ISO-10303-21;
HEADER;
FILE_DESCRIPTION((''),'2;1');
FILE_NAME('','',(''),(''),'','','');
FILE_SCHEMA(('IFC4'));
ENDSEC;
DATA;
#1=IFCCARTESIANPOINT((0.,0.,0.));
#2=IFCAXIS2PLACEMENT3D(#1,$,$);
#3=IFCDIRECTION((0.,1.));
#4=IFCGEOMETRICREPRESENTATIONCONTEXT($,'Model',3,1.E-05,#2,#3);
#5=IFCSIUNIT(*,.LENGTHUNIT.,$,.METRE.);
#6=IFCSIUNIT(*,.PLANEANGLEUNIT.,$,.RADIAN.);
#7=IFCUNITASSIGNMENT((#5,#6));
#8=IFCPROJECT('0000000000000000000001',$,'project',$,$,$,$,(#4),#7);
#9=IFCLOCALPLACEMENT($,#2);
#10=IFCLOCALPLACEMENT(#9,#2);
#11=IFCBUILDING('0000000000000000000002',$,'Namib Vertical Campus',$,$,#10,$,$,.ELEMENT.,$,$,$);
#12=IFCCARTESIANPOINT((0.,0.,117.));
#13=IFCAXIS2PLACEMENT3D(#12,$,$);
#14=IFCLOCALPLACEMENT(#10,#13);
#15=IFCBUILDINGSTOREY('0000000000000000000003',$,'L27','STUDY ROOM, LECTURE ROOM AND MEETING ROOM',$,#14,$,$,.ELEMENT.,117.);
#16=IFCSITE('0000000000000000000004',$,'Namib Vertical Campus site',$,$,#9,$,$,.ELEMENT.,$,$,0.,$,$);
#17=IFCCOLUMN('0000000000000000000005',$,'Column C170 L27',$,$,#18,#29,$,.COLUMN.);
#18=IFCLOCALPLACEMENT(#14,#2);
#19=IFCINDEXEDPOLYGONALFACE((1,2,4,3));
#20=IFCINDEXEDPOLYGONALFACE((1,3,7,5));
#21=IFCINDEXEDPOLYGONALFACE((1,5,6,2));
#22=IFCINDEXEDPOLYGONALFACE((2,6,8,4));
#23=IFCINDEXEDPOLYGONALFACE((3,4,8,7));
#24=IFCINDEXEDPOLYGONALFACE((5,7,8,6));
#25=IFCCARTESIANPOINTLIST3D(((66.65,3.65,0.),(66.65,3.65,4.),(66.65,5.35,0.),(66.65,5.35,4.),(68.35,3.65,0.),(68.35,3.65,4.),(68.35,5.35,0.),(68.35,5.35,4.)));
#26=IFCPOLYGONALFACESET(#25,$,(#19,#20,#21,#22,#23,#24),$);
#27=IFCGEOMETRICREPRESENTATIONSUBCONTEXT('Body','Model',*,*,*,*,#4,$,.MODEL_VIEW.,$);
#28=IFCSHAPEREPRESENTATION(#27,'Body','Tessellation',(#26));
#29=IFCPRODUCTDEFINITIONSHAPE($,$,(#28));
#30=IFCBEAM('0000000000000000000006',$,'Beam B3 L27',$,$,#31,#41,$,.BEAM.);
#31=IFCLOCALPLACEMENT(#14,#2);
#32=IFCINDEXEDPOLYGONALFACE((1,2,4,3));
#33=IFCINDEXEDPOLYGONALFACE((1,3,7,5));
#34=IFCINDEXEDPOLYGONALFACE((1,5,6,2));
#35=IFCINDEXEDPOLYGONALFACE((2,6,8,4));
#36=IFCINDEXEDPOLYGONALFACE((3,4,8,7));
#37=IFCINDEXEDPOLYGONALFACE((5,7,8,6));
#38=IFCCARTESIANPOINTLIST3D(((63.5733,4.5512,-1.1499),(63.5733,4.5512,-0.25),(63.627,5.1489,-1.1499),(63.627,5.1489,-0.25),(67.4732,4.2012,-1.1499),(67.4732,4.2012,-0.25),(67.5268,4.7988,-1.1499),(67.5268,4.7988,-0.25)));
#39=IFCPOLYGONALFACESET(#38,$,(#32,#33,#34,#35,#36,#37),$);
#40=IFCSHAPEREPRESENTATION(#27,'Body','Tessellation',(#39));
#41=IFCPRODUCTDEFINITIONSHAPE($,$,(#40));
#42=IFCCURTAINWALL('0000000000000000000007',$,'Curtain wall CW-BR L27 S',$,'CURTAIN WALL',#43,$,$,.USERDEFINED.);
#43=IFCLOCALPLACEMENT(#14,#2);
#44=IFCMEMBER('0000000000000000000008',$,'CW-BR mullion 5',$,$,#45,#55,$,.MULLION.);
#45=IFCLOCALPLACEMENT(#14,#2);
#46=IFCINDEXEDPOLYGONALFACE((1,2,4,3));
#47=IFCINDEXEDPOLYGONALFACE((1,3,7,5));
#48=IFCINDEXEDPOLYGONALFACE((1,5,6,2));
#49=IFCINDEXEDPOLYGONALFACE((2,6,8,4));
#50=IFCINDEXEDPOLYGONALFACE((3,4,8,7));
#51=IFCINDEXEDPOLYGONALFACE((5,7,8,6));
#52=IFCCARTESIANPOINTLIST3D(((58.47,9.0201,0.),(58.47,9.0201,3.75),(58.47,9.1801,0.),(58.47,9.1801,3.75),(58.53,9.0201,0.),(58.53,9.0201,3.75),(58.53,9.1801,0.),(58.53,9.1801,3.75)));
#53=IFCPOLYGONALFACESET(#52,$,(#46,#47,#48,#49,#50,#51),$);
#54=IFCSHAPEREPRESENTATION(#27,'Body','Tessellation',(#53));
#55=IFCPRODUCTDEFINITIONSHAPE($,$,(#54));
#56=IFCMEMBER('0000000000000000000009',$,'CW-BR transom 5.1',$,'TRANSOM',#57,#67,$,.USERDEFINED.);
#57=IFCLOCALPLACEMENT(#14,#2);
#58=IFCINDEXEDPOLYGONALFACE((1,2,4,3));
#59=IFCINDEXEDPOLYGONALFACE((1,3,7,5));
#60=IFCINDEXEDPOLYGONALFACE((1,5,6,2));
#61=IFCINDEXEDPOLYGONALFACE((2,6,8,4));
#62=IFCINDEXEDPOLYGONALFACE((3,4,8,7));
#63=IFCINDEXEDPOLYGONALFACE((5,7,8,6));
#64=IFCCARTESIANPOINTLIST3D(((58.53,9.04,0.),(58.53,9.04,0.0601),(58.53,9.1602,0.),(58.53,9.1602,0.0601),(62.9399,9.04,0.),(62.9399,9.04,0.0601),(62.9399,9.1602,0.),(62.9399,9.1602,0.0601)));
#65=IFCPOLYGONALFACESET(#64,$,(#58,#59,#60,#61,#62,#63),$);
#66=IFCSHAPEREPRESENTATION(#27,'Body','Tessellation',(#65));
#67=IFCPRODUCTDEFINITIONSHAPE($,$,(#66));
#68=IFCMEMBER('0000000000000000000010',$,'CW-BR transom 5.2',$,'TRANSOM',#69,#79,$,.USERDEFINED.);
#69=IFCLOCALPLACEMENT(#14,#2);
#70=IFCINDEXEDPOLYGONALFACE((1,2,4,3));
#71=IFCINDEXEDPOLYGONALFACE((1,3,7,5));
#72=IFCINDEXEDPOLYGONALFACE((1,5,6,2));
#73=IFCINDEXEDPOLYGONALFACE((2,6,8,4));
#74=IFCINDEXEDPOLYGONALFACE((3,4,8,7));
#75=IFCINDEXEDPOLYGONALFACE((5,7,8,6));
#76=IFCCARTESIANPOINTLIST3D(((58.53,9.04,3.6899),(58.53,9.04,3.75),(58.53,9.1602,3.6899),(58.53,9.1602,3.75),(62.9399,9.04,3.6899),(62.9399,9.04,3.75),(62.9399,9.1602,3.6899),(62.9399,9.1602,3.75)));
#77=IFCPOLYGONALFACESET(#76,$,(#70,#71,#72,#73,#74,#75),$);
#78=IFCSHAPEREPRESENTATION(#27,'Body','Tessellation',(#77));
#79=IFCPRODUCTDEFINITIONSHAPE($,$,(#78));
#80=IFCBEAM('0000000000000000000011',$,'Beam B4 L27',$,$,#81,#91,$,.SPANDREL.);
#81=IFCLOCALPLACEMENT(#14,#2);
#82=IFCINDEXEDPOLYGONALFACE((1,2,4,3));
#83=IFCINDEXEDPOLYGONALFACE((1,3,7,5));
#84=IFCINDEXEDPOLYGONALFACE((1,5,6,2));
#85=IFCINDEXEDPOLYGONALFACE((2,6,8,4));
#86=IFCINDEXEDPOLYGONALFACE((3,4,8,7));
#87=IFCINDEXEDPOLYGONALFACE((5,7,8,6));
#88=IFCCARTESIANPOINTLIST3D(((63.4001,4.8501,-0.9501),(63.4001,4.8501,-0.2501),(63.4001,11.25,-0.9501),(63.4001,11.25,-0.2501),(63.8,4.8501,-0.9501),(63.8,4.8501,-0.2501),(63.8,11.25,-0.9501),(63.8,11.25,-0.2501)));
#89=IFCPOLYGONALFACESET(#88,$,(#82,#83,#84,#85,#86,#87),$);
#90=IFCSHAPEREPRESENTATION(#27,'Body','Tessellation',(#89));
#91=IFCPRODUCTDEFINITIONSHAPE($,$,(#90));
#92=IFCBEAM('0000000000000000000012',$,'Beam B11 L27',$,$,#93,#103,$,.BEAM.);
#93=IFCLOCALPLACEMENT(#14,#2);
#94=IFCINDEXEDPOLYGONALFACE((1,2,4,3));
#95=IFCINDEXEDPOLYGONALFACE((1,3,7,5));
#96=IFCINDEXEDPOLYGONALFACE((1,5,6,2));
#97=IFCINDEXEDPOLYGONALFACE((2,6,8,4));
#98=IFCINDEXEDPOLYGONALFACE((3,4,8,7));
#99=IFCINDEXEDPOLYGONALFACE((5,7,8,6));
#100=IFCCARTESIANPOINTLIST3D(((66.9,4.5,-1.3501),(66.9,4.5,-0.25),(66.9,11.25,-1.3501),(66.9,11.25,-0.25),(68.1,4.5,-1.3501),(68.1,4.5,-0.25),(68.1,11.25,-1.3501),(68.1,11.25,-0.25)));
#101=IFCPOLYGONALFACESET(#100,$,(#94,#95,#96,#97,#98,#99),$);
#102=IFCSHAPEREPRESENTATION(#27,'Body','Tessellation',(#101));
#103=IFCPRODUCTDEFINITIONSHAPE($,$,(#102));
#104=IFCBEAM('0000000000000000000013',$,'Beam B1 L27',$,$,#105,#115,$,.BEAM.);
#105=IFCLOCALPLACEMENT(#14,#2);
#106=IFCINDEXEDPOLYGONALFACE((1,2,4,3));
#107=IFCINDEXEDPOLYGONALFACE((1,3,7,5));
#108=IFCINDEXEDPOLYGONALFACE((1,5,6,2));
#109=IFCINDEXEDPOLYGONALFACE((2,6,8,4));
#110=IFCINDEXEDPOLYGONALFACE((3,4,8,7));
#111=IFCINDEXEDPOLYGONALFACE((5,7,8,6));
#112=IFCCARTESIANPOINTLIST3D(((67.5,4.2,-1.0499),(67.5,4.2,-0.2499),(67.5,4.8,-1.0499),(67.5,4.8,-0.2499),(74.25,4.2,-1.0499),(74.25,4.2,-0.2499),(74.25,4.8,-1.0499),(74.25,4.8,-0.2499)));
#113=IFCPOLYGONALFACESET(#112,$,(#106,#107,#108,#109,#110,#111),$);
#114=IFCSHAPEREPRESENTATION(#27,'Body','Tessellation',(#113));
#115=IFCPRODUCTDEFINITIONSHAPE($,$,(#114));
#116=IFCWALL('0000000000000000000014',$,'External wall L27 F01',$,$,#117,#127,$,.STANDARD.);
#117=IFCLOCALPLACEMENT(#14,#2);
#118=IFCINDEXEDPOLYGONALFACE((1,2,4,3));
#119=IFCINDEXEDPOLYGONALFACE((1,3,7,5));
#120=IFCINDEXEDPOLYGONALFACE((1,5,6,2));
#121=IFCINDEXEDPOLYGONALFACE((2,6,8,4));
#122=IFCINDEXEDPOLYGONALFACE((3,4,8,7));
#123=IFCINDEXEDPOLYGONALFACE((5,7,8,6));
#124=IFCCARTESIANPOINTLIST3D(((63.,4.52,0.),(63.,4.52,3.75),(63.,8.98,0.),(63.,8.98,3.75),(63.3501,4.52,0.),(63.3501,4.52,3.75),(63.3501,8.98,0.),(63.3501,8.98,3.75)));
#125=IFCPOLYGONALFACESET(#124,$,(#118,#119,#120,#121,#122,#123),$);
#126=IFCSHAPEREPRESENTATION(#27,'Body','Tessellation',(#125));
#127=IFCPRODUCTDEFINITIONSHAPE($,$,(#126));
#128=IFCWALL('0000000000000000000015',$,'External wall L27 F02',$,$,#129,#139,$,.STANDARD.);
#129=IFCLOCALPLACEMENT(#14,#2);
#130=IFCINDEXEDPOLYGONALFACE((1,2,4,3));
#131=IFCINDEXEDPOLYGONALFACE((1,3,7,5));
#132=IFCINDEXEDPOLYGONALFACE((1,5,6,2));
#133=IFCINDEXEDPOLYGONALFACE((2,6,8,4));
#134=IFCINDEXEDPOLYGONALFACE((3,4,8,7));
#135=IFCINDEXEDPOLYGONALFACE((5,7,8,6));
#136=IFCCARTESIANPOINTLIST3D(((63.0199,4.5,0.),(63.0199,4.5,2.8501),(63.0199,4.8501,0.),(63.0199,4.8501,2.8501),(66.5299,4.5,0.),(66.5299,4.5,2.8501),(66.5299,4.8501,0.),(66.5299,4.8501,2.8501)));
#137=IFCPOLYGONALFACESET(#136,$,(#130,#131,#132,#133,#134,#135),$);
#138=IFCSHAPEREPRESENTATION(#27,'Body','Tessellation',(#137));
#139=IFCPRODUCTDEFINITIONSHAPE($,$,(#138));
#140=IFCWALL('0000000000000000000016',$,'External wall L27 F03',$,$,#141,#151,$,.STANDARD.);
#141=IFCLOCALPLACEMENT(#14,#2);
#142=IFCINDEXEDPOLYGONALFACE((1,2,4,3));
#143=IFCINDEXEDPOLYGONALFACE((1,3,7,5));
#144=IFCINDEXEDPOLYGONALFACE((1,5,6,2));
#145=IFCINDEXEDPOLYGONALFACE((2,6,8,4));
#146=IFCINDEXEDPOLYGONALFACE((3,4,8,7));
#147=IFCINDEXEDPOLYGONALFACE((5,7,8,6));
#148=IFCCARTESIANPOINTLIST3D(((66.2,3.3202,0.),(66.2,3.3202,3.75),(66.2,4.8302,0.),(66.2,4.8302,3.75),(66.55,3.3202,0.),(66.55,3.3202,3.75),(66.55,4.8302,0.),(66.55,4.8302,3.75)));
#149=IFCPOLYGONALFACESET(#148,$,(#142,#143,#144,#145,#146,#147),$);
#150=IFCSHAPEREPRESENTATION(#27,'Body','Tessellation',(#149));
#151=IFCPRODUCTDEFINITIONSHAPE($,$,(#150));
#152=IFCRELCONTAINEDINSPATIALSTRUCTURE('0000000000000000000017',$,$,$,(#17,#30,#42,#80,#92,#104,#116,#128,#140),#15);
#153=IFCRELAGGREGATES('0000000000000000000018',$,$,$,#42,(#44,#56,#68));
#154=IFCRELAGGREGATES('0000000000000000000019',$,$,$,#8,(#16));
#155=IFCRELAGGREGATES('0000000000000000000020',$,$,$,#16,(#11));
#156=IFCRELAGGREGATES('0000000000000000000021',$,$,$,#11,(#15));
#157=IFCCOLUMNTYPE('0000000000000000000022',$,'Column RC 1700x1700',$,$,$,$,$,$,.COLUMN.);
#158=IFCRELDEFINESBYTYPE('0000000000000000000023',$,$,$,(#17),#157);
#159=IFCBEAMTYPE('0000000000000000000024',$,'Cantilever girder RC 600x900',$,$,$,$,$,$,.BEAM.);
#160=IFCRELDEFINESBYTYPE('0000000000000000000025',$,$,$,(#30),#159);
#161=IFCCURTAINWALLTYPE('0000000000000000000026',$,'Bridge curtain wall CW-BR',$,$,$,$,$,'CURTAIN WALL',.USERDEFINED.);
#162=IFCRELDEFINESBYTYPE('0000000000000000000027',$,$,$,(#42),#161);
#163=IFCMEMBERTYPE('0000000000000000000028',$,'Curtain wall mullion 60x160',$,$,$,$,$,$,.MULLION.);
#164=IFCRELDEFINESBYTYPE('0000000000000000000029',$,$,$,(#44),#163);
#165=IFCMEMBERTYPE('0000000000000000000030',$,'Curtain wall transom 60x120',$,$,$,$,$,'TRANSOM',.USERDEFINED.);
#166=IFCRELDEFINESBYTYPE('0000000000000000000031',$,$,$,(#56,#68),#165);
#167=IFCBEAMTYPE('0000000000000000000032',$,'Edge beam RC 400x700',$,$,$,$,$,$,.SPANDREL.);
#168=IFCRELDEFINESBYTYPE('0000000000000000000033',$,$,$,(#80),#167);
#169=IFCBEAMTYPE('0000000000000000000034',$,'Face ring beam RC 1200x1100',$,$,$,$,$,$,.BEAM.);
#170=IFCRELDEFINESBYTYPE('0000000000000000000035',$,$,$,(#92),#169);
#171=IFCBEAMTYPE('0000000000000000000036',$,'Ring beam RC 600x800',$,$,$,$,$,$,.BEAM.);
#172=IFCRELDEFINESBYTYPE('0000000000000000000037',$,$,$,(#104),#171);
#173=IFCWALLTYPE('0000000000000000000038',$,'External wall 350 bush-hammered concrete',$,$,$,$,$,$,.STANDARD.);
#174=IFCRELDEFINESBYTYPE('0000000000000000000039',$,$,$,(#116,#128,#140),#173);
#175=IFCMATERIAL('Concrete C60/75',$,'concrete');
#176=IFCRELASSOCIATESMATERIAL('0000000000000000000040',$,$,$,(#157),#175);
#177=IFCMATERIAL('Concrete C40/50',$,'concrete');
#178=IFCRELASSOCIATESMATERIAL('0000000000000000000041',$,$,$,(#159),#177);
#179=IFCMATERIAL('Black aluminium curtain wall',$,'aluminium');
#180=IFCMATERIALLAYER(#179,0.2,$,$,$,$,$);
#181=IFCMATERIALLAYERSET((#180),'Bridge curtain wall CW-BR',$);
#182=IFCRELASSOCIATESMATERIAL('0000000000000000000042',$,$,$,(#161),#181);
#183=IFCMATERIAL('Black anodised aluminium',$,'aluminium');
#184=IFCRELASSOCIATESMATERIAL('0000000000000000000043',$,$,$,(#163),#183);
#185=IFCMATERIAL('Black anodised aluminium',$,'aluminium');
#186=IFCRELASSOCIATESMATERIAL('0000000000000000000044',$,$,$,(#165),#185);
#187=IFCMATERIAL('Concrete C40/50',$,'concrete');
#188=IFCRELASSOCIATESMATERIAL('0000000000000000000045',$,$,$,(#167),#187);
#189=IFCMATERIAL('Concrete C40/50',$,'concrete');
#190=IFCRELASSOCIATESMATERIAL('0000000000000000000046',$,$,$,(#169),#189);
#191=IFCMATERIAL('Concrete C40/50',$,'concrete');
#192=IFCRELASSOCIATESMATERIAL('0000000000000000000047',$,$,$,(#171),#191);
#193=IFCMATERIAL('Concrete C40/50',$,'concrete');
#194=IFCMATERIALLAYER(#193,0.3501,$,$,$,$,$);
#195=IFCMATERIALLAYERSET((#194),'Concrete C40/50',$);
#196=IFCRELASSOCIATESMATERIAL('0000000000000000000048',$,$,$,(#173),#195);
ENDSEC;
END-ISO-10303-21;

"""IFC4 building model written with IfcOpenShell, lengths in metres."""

from ifc_helpers import new_model, si_unit, direction, frame, frame_2d, origin, origin_2d, place, context, subcontext, project, spatial, rectangle, extrude, material, layer, layer_set, material_profile, profile_set, type_object, element, aggregate, save


model = new_model("IFC4")

# Units and contexts
model_context = context("Model", 3, precision=1e-05, world=origin(), true_north=direction((0.0, 1.0)))
body_context = subcontext(model_context, "Body", "Model", "MODEL_VIEW")
ifc_project = project(units=[si_unit("LENGTHUNIT", "METRE"), si_unit("PLANEANGLEUNIT", "RADIAN")], contexts=[model_context])

# Site, building, storey
site_placement = place(None, origin())
site = spatial("IfcSite", under=ifc_project, at=site_placement, Name="Namib Vertical Campus site", CompositionType="ELEMENT", RefElevation=0.0)
building_placement = place(site_placement, origin())
building = spatial("IfcBuilding", under=site, at=building_placement, Name="Namib Vertical Campus", CompositionType="ELEMENT")
storey_placement = place(building_placement, frame((0.0, 0.0, 117.0)))
storey = spatial("IfcBuildingStorey", under=building, at=storey_placement, Name="L27", Description="STUDY ROOM, LECTURE ROOM AND MEETING ROOM", CompositionType="ELEMENT", Elevation=117.0)

# Column
ifc_material_1 = material(Name="Concrete C60/75", Category="concrete")
ifc_material_profile_1 = material_profile(ifc_material_1, rectangle(XDim=1.7, YDim=1.7, at=origin_2d()))
ifc_profile_set_1 = profile_set([ifc_material_profile_1], Name="Concrete C60/75")
column_type = type_object("IfcColumnType", Name="Column RC 1700x1700", PredefinedType="COLUMN", material=ifc_profile_set_1)
column_placement = place(storey_placement, frame((67.5, 4.5, 0.0), z_axis=(0.0, 0.0, 1.0), x_axis=(1.0, 0.0, 0.0)))
element("IfcColumn", 1, at=column_placement, inside=storey, type_object=column_type, Name="Column C170 L27", PredefinedType="COLUMN", context=body_context, shape_type="SweptSolid", body=[
    extrude(rectangle(XDim=1.7, YDim=1.7, at=origin_2d()), origin(), (0.0, 0.0, 1.0), 4.0),
])

# Beam
ifc_material_2 = material(Name="Concrete C40/50", Category="concrete")
ifc_material_profile_2 = material_profile(ifc_material_2, rectangle(XDim=0.6001, YDim=0.8999, at=origin_2d()))
ifc_profile_set_2 = profile_set([ifc_material_profile_2], Name="Concrete C40/50")
beam_type_1 = type_object("IfcBeamType", Name="Cantilever girder RC 600x900", PredefinedType="BEAM", material=ifc_profile_set_2)
beam_1_placement = place(storey_placement, frame((67.5, 4.5, -0.7), z_axis=(-0.995995, 0.089411, 0.0), x_axis=(-0.089411, -0.995995, 0.0)))
element("IfcBeam", 2, at=beam_1_placement, inside=storey, type_object=beam_type_1, Name="Beam B3 L27", PredefinedType="BEAM", context=body_context, shape_type="SweptSolid", body=[
    extrude(rectangle(XDim=0.6001, YDim=0.8999, at=origin_2d()), origin(), (0.0, 0.0, 1.0), 3.9155),
])

# Curtain wall, members
ifc_material_3 = material(Name="Black aluminium curtain wall", Category="aluminium")
ifc_layer_1 = layer(ifc_material_3, 0.2)
ifc_layer_set_1 = layer_set([ifc_layer_1], Name="Bridge curtain wall CW-BR")
curtain_wall_type = type_object("IfcCurtainWallType", Name="Bridge curtain wall CW-BR", ElementType="CURTAIN WALL", PredefinedType="USERDEFINED", material=ifc_layer_set_1)
curtain_wall_placement = place(storey_placement, origin())
curtain_wall = element("IfcCurtainWall", 3, at=curtain_wall_placement, inside=storey, type_object=curtain_wall_type, Name="Curtain wall CW-BR L27 S", ObjectType="CURTAIN WALL", PredefinedType="USERDEFINED")
ifc_material_4 = material(Name="Black anodised aluminium", Category="aluminium")
ifc_material_profile_3 = material_profile(ifc_material_4, rectangle(XDim=0.0601, YDim=0.1599, at=origin_2d()))
ifc_profile_set_3 = profile_set([ifc_material_profile_3], Name="Black anodised aluminium")
member_type_1 = type_object("IfcMemberType", Name="Curtain wall mullion 60x160", PredefinedType="MULLION", material=ifc_profile_set_3)
member_1_placement = place(storey_placement, frame((58.5, 9.1001, 0.0), z_axis=(0.0, 0.0, 1.0), x_axis=(1.0, 0.0, 0.0)))
member_1 = element("IfcMember", 4, at=member_1_placement, type_object=member_type_1, Name="CW-BR mullion 5", PredefinedType="MULLION", context=body_context, shape_type="SweptSolid", body=[
    extrude(rectangle(XDim=0.0601, YDim=0.1599, at=origin_2d()), origin(), (0.0, 0.0, 1.0), 3.75),
])
ifc_material_5 = material(Name="Black anodised aluminium", Category="aluminium")
ifc_material_profile_4 = material_profile(ifc_material_5, rectangle(XDim=0.0601, YDim=0.1201, at=origin_2d()))
ifc_profile_set_4 = profile_set([ifc_material_profile_4], Name="Black anodised aluminium")
member_type_2 = type_object("IfcMemberType", Name="Curtain wall transom 60x120", ElementType="TRANSOM", PredefinedType="USERDEFINED", material=ifc_profile_set_4)
member_2_placement = place(storey_placement, frame((58.53, 9.1001, 0.03), z_axis=(1.0, 0.0, 0.0), x_axis=(0.0, 0.0, 1.0)))
member_2 = element("IfcMember", 5, at=member_2_placement, type_object=member_type_2, Name="CW-BR transom 5.1", ObjectType="TRANSOM", PredefinedType="USERDEFINED", context=body_context, shape_type="SweptSolid", body=[
    extrude(rectangle(XDim=0.0601, YDim=0.1201, at=origin_2d()), origin(), (0.0, 0.0, 1.0), 4.4099),
])
member_3_placement = place(storey_placement, frame((58.53, 9.1001, 3.72), z_axis=(1.0, 0.0, 0.0), x_axis=(0.0, 0.0, 1.0)))
member_3 = element("IfcMember", 6, at=member_3_placement, type_object=member_type_2, Name="CW-BR transom 5.2", ObjectType="TRANSOM", PredefinedType="USERDEFINED", context=body_context, shape_type="SweptSolid", body=[
    extrude(rectangle(XDim=0.0601, YDim=0.1201, at=origin_2d()), origin(), (0.0, 0.0, 1.0), 4.4099),
])
aggregate(curtain_wall, [member_1, member_2, member_3])

# Beams
ifc_material_6 = material(Name="Concrete C40/50", Category="concrete")
ifc_material_profile_5 = material_profile(ifc_material_6, rectangle(XDim=0.3999, YDim=0.7, at=origin_2d()))
ifc_profile_set_5 = profile_set([ifc_material_profile_5], Name="Concrete C40/50")
beam_type_2 = type_object("IfcBeamType", Name="Edge beam RC 400x700", PredefinedType="SPANDREL", material=ifc_profile_set_5)
beam_2_placement = place(storey_placement, frame((63.6001, 4.8501, -0.6001), z_axis=(0.0, 1.0, 0.0), x_axis=(-1.0, 0.0, 0.0)))
element("IfcBeam", 7, at=beam_2_placement, inside=storey, type_object=beam_type_2, Name="Beam B4 L27", PredefinedType="SPANDREL", context=body_context, shape_type="SweptSolid", body=[
    extrude(rectangle(XDim=0.3999, YDim=0.7, at=origin_2d()), origin(), (0.0, 0.0, 1.0), 6.3999),
])
ifc_material_7 = material(Name="Concrete C40/50", Category="concrete")
ifc_material_profile_6 = material_profile(ifc_material_7, rectangle(XDim=1.2, YDim=1.1001, at=origin_2d()))
ifc_profile_set_6 = profile_set([ifc_material_profile_6], Name="Concrete C40/50")
beam_type_3 = type_object("IfcBeamType", Name="Face ring beam RC 1200x1100", PredefinedType="BEAM", material=ifc_profile_set_6)
beam_3_placement = place(storey_placement, frame((67.5, 4.5, -0.8), z_axis=(0.0, 1.0, 0.0), x_axis=(-1.0, 0.0, 0.0)))
element("IfcBeam", 8, at=beam_3_placement, inside=storey, type_object=beam_type_3, Name="Beam B11 L27", PredefinedType="BEAM", context=body_context, shape_type="SweptSolid", body=[
    extrude(rectangle(XDim=1.2, YDim=1.1001, at=origin_2d()), origin(), (0.0, 0.0, 1.0), 6.75),
])
ifc_material_8 = material(Name="Concrete C40/50", Category="concrete")
ifc_material_profile_7 = material_profile(ifc_material_8, rectangle(XDim=0.6001, YDim=0.8, at=origin_2d()))
ifc_profile_set_7 = profile_set([ifc_material_profile_7], Name="Concrete C40/50")
beam_type_4 = type_object("IfcBeamType", Name="Ring beam RC 600x800", PredefinedType="BEAM", material=ifc_profile_set_7)
beam_4_placement = place(storey_placement, frame((67.5, 4.5, -0.6499), z_axis=(1.0, 0.0, 0.0), x_axis=(0.0, 1.0, 0.0)))
element("IfcBeam", 9, at=beam_4_placement, inside=storey, type_object=beam_type_4, Name="Beam B1 L27", PredefinedType="BEAM", context=body_context, shape_type="SweptSolid", body=[
    extrude(rectangle(XDim=0.6001, YDim=0.8, at=origin_2d()), origin(), (0.0, 0.0, 1.0), 6.75),
])

# Walls
ifc_material_9 = material(Name="Concrete C40/50", Category="concrete")
ifc_layer_2 = layer(ifc_material_9, 0.3501)
ifc_layer_set_2 = layer_set([ifc_layer_2], Name="Concrete C40/50")
wall_type = type_object("IfcWallType", Name="External wall 350 bush-hammered concrete", PredefinedType="STANDARD", material=ifc_layer_set_2)
wall_1_placement = place(storey_placement, frame((63.175, 8.98, 0.0), z_axis=(0.0, 0.0, 1.0), x_axis=(0.0, -1.0, 0.0)))
element("IfcWall", 10, at=wall_1_placement, inside=storey, type_object=wall_type, Name="External wall L27 F01", PredefinedType="STANDARD", context=body_context, shape_type="SweptSolid", body=[
    extrude(rectangle(XDim=4.46, YDim=0.3501, at=frame_2d((2.23, 0.0))), origin(), (0.0, 0.0, 1.0), 3.75),
])
wall_2_placement = place(storey_placement, frame((63.02, 4.675, 0.0), z_axis=(0.0, 0.0, 1.0), x_axis=(1.0, 0.0, 0.0)))
element("IfcWall", 11, at=wall_2_placement, inside=storey, type_object=wall_type, Name="External wall L27 F02", PredefinedType="STANDARD", context=body_context, shape_type="SweptSolid", body=[
    extrude(rectangle(XDim=3.51, YDim=0.3501, at=frame_2d((1.7549, 0.0))), origin(), (0.0, 0.0, 1.0), 2.8501),
])
wall_3_placement = place(storey_placement, frame((66.375, 4.8301, 0.0), z_axis=(0.0, 0.0, 1.0), x_axis=(0.0, -1.0, 0.0)))
element("IfcWall", 12, at=wall_3_placement, inside=storey, type_object=wall_type, Name="External wall L27 F03", PredefinedType="STANDARD", context=body_context, shape_type="SweptSolid", body=[
    extrude(rectangle(XDim=1.51, YDim=0.3501, at=frame_2d((0.7549, 0.0))), origin(), (0.0, 0.0, 1.0), 3.75),
])

save(model, "model.ifc")
